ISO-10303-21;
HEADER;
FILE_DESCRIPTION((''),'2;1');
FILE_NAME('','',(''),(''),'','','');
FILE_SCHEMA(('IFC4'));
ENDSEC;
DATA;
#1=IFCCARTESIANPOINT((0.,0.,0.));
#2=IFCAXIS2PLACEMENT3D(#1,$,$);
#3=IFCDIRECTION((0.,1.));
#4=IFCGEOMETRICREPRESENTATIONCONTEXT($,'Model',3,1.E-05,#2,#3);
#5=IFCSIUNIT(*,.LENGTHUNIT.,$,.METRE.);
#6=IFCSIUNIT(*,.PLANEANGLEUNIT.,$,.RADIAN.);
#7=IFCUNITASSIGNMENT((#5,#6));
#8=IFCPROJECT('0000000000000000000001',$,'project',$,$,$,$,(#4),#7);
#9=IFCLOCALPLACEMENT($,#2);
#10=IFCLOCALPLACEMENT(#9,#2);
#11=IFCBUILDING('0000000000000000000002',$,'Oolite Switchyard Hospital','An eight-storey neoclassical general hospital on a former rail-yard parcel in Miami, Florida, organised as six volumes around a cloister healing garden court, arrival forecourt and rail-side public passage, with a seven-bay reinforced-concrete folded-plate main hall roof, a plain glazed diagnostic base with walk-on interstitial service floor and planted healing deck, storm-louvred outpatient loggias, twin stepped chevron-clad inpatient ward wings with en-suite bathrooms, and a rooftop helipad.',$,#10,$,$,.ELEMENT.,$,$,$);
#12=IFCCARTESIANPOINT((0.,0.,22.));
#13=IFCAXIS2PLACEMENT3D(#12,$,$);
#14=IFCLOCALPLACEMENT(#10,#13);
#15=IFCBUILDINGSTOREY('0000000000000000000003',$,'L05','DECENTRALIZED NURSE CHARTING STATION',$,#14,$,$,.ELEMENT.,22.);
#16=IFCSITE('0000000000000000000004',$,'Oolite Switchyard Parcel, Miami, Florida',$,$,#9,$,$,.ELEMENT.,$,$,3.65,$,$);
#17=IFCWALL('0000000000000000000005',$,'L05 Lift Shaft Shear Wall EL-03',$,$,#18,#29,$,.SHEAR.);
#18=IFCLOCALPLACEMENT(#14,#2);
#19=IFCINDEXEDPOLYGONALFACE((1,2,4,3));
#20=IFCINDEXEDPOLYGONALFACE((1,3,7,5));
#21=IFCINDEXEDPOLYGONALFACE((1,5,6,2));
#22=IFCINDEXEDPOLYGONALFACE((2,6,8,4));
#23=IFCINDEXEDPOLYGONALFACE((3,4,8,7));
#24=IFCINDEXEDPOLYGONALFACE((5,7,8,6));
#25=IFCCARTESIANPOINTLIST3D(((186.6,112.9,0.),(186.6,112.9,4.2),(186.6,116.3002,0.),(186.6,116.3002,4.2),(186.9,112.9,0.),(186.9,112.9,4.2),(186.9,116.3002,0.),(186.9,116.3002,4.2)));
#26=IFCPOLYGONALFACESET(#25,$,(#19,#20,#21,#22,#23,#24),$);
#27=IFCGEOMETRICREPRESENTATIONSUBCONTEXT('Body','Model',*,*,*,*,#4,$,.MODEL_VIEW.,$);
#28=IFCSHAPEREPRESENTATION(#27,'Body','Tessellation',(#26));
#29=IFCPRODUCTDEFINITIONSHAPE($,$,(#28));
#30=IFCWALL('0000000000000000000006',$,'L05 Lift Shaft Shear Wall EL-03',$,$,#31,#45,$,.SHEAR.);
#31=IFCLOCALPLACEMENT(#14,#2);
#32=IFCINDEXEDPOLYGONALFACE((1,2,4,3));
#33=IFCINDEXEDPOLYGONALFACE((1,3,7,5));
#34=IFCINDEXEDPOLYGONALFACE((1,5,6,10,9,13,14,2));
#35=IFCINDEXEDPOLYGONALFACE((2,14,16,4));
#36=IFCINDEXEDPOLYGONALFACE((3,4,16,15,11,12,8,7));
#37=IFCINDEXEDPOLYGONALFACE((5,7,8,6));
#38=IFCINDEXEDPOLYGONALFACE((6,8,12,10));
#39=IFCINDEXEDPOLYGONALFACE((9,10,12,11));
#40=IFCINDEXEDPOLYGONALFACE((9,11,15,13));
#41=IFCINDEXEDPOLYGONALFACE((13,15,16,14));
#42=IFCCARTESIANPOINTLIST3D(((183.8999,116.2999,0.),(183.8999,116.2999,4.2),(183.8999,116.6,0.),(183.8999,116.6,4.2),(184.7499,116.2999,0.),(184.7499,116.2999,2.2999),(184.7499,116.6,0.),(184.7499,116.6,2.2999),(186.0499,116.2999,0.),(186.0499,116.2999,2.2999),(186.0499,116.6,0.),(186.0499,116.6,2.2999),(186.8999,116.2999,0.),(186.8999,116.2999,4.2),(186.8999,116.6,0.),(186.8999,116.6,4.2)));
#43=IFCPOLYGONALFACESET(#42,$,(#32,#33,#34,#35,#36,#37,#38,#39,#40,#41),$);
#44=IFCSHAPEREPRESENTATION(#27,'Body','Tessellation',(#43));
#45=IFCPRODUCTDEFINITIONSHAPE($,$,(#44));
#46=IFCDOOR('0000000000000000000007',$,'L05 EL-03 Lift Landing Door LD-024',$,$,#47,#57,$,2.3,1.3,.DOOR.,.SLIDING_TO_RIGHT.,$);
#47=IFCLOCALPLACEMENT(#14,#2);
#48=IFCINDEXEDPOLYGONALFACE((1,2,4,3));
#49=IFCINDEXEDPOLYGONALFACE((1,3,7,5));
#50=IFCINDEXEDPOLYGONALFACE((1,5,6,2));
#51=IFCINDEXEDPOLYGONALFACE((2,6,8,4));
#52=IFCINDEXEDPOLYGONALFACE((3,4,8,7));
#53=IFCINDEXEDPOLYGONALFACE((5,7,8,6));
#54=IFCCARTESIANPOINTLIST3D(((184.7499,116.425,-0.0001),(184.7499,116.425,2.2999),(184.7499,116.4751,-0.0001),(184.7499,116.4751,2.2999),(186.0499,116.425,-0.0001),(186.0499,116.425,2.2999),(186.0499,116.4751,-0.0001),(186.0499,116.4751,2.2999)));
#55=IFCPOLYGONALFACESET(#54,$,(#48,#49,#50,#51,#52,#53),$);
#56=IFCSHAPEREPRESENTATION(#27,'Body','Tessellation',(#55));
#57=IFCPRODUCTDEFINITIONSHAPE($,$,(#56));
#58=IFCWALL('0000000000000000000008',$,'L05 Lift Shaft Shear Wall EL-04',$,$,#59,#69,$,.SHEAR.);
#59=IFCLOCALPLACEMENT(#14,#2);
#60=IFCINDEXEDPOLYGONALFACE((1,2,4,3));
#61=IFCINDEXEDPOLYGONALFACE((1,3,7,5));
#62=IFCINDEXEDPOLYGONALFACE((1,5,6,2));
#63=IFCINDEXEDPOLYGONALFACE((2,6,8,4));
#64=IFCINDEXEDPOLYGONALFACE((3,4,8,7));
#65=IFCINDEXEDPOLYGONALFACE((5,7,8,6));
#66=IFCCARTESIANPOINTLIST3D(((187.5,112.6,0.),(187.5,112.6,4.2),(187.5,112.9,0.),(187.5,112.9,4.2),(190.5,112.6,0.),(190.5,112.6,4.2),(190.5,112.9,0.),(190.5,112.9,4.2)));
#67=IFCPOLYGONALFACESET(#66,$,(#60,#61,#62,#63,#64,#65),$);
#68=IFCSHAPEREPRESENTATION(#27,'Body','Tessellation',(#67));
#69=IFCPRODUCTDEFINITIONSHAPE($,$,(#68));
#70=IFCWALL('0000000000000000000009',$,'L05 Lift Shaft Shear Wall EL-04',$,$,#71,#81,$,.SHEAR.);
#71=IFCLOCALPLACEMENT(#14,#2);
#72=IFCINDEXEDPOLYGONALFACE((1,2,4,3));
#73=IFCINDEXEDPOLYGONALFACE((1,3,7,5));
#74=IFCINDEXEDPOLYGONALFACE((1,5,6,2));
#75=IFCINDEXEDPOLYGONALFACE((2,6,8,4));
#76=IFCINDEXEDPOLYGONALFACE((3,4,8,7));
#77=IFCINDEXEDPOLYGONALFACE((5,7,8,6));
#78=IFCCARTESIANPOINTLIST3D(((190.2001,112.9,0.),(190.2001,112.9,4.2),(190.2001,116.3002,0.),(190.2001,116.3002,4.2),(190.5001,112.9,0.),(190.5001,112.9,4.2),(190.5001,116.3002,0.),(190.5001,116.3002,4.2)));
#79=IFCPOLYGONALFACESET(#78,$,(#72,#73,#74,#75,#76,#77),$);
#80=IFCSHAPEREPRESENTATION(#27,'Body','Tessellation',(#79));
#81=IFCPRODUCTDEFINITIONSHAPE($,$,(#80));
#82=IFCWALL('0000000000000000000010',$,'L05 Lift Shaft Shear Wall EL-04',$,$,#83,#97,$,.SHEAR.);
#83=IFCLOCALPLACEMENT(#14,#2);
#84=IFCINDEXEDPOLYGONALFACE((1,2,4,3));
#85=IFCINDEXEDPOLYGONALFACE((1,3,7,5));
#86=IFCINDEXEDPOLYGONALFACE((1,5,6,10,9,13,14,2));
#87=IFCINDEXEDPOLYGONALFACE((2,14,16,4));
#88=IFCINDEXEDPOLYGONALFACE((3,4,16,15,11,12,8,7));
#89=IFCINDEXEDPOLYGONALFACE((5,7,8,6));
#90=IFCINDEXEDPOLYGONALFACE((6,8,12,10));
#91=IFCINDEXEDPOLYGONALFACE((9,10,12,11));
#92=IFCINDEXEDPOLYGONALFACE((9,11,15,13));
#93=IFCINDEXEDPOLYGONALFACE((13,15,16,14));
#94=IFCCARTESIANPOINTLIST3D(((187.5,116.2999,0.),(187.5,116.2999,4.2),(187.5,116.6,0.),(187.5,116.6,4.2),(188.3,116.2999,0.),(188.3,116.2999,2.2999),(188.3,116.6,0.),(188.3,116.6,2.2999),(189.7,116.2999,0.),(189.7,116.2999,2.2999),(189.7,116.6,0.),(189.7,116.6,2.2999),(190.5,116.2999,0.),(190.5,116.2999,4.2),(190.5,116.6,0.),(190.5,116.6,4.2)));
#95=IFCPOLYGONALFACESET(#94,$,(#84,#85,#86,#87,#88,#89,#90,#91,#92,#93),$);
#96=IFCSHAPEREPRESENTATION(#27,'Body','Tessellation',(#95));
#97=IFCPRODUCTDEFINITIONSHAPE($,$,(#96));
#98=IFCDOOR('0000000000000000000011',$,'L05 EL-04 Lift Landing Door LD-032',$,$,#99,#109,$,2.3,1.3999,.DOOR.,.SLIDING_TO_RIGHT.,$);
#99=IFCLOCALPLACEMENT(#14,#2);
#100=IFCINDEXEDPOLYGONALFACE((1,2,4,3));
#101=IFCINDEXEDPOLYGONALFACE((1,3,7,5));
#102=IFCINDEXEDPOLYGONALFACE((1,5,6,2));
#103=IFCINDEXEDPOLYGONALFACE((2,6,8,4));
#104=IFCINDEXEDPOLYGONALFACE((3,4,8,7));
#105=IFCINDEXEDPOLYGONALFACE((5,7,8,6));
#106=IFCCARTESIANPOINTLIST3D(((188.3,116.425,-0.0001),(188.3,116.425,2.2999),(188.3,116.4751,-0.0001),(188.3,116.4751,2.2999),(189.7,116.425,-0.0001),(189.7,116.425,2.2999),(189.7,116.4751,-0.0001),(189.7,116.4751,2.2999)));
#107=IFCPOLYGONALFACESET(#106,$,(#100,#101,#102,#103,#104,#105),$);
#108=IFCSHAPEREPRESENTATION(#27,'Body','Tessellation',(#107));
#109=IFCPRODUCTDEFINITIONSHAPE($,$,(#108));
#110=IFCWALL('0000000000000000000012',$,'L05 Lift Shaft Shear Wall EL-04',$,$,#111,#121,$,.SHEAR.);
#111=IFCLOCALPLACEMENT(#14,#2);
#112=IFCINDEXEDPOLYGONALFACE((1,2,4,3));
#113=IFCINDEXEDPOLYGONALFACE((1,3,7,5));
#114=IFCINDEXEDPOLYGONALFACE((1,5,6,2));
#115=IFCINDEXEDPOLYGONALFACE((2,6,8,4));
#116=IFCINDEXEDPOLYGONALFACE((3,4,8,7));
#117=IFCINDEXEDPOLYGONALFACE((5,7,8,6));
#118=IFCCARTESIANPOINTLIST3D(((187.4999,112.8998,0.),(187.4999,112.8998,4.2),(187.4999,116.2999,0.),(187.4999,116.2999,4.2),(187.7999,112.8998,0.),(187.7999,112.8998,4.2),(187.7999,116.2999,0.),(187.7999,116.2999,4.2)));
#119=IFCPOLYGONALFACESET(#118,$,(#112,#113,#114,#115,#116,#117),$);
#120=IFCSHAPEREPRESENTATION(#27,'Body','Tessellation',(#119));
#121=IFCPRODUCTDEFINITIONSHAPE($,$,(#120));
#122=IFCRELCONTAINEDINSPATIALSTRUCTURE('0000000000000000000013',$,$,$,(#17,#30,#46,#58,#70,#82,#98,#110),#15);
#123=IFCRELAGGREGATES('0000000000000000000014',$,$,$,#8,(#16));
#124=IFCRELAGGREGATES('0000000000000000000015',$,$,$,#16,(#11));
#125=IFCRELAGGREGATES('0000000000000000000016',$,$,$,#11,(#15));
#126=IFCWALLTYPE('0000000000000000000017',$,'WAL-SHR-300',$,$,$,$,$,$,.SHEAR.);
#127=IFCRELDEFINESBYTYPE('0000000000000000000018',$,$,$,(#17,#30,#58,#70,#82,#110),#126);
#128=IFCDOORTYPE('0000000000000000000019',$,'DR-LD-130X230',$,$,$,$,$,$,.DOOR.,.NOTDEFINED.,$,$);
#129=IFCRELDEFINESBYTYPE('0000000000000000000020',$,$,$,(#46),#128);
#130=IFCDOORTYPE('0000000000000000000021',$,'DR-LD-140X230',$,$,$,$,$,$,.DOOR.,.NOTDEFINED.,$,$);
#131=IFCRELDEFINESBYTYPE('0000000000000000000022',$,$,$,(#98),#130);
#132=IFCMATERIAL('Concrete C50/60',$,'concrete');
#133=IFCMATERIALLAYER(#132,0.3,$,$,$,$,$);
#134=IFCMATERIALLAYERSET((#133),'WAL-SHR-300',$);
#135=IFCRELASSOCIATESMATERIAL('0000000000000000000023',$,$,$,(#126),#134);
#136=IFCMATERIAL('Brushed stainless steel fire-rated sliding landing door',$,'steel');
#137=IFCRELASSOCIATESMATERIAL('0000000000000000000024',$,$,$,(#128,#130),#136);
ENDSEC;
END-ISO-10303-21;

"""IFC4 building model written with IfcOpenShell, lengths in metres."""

from ifc_helpers import new_model, si_unit, direction, frame, frame_2d, origin, place, context, subcontext, project, spatial, rectangle, extrude, material, layer, layer_set, type_object, element, fill, save


model = new_model("IFC4")

# Units and contexts
model_context = context("Model", 3, precision=1e-05, world=origin(), true_north=direction((0.0, 1.0)))
body_context = subcontext(model_context, "Body", "Model", "MODEL_VIEW")
ifc_project = project(units=[si_unit("LENGTHUNIT", "METRE"), si_unit("PLANEANGLEUNIT", "RADIAN")], contexts=[model_context])

# Site, building, storey
site_placement = place(None, origin())
site = spatial("IfcSite", under=ifc_project, at=site_placement, Name="Oolite Switchyard Parcel, Miami, Florida", CompositionType="ELEMENT", RefElevation=3.65)
building_placement = place(site_placement, origin())
building = spatial("IfcBuilding", under=site, at=building_placement, Name="Oolite Switchyard Hospital", Description="An eight-storey neoclassical general hospital on a former rail-yard parcel in Miami, Florida, organised as six volumes around a cloister healing garden court, arrival forecourt and rail-side public passage, with a seven-bay reinforced-concrete folded-plate main hall roof, a plain glazed diagnostic base with walk-on interstitial service floor and planted healing deck, storm-louvred outpatient loggias, twin stepped chevron-clad inpatient ward wings with en-suite bathrooms, and a rooftop helipad.", CompositionType="ELEMENT")
storey_placement = place(building_placement, frame((0.0, 0.0, 22.0)))
storey = spatial("IfcBuildingStorey", under=building, at=storey_placement, Name="L05", Description="DECENTRALIZED NURSE CHARTING STATION", CompositionType="ELEMENT", Elevation=22.0)

# Shared definitions
ifc_material_1 = material(Name="Concrete C50/60", Category="concrete")

# Wall
ifc_layer_1 = layer(ifc_material_1, 0.3)
ifc_layer_set_1 = layer_set([ifc_layer_1], Name="WAL-SHR-300")
wall_type_1 = type_object("IfcWallType", Name="WAL-SHR-300", PredefinedType="SHEAR", material=ifc_layer_set_1)
wall_1_placement = place(storey_placement, frame((186.75, 112.8999, 0.0), z_axis=(0.0, 0.0, 1.0), x_axis=(0.0, 1.0, 0.0)))
element("IfcWall", 1, at=wall_1_placement, inside=storey, type_object=wall_type_1, Name="L05 Lift Shaft Shear Wall EL-03", PredefinedType="SHEAR", context=body_context, shape_type="SweptSolid", body=[
    extrude(rectangle(XDim=3.4001, YDim=0.3, at=frame_2d((1.7002, 0.0))), origin(), (0.0, 0.0, 1.0), 4.2),
])

# Wall, opening, door
wall_2_placement = place(storey_placement, frame((186.8999, 116.45, 0.0), z_axis=(0.0, 0.0, 1.0), x_axis=(-1.0, 0.0, 0.0)))
wall_2 = element("IfcWall", 2, at=wall_2_placement, inside=storey, type_object=wall_type_1, Name="L05 Lift Shaft Shear Wall EL-03", PredefinedType="SHEAR", context=body_context, shape_type="SweptSolid", body=[
    extrude(rectangle(XDim=3.0, YDim=0.3, at=frame_2d((1.5, 0.0))), origin(), (0.0, 0.0, 1.0), 4.2),
])
opening_1_placement = place(wall_2_placement, frame((0.8501, 0.0, 0.0)))
opening_1 = element("IfcOpeningElement", 3, at=opening_1_placement, cuts=wall_2, PredefinedType="OPENING", context=body_context, shape_type="SweptSolid", body=[
    extrude(rectangle(XDim=1.3, YDim=2.3, at=frame_2d((0.6499, 1.1499))), frame((0.0, 0.1602, 0.0), z_axis=(0.0, -1.0, 0.0), x_axis=(1.0, 0.0, 0.0)), (0.0, 0.0, 1.0), 0.3201),
])
ifc_material_2 = material(Name="Brushed stainless steel fire-rated sliding landing door", Category="steel")
door_type_1 = type_object("IfcDoorType", Name="DR-LD-130X230", OperationType="NOTDEFINED", PredefinedType="DOOR", material=ifc_material_2)
door_1_placement = place(opening_1_placement, origin())
door_1 = element("IfcDoor", 4, at=door_1_placement, inside=storey, type_object=door_type_1, Name="L05 EL-03 Lift Landing Door LD-024", OperationType="SLIDING_TO_RIGHT", OverallHeight=2.3, OverallWidth=1.3, PredefinedType="DOOR", context=body_context, shape_type="SweptSolid", body=[
    extrude(rectangle(XDim=1.3, YDim=2.3, at=frame_2d((0.6499, 1.1499))), frame((0.0, 0.0249, 0.0), z_axis=(0.0, -1.0, 0.0), x_axis=(1.0, 0.0, 0.0)), (0.0, 0.0, 1.0), 0.05),
])
fill(opening_1, door_1)

# Walls
wall_3_placement = place(storey_placement, frame((187.5, 112.75, 0.0), z_axis=(0.0, 0.0, 1.0), x_axis=(1.0, 0.0, 0.0)))
element("IfcWall", 5, at=wall_3_placement, inside=storey, type_object=wall_type_1, Name="L05 Lift Shaft Shear Wall EL-04", PredefinedType="SHEAR", context=body_context, shape_type="SweptSolid", body=[
    extrude(rectangle(XDim=3.0, YDim=0.3, at=frame_2d((1.5, 0.0))), origin(), (0.0, 0.0, 1.0), 4.2),
])
wall_4_placement = place(storey_placement, frame((190.3501, 112.8999, 0.0), z_axis=(0.0, 0.0, 1.0), x_axis=(0.0, 1.0, 0.0)))
element("IfcWall", 6, at=wall_4_placement, inside=storey, type_object=wall_type_1, Name="L05 Lift Shaft Shear Wall EL-04", PredefinedType="SHEAR", context=body_context, shape_type="SweptSolid", body=[
    extrude(rectangle(XDim=3.4001, YDim=0.3, at=frame_2d((1.7002, 0.0))), origin(), (0.0, 0.0, 1.0), 4.2),
])

# Wall, opening, door
wall_5_placement = place(storey_placement, frame((190.5, 116.45, 0.0), z_axis=(0.0, 0.0, 1.0), x_axis=(-1.0, 0.0, 0.0)))
wall_5 = element("IfcWall", 7, at=wall_5_placement, inside=storey, type_object=wall_type_1, Name="L05 Lift Shaft Shear Wall EL-04", PredefinedType="SHEAR", context=body_context, shape_type="SweptSolid", body=[
    extrude(rectangle(XDim=3.0, YDim=0.3, at=frame_2d((1.5, 0.0))), origin(), (0.0, 0.0, 1.0), 4.2),
])
opening_2_placement = place(wall_5_placement, frame((0.8, 0.0, 0.0)))
opening_2 = element("IfcOpeningElement", 8, at=opening_2_placement, cuts=wall_5, PredefinedType="OPENING", context=body_context, shape_type="SweptSolid", body=[
    extrude(rectangle(XDim=1.3999, YDim=2.3, at=frame_2d((0.7, 1.1499))), frame((0.0, 0.1602, 0.0), z_axis=(0.0, -1.0, 0.0), x_axis=(1.0, 0.0, 0.0)), (0.0, 0.0, 1.0), 0.3201),
])
door_type_2 = type_object("IfcDoorType", Name="DR-LD-140X230", OperationType="NOTDEFINED", PredefinedType="DOOR", material=ifc_material_2)
door_2_placement = place(opening_2_placement, origin())
door_2 = element("IfcDoor", 9, at=door_2_placement, inside=storey, type_object=door_type_2, Name="L05 EL-04 Lift Landing Door LD-032", OperationType="SLIDING_TO_RIGHT", OverallHeight=2.3, OverallWidth=1.3999, PredefinedType="DOOR", context=body_context, shape_type="SweptSolid", body=[
    extrude(rectangle(XDim=1.3999, YDim=2.3, at=frame_2d((0.7, 1.1499))), frame((0.0, 0.0249, 0.0), z_axis=(0.0, -1.0, 0.0), x_axis=(1.0, 0.0, 0.0)), (0.0, 0.0, 1.0), 0.05),
])
fill(opening_2, door_2)

# Wall
wall_6_placement = place(storey_placement, frame((187.6499, 116.3, 0.0), z_axis=(0.0, 0.0, 1.0), x_axis=(0.0, -1.0, 0.0)))
element("IfcWall", 10, at=wall_6_placement, inside=storey, type_object=wall_type_1, Name="L05 Lift Shaft Shear Wall EL-04", PredefinedType="SHEAR", context=body_context, shape_type="SweptSolid", body=[
    extrude(rectangle(XDim=3.4001, YDim=0.3, at=frame_2d((1.7002, 0.0))), origin(), (0.0, 0.0, 1.0), 4.2),
])

save(model, "model.ifc")
